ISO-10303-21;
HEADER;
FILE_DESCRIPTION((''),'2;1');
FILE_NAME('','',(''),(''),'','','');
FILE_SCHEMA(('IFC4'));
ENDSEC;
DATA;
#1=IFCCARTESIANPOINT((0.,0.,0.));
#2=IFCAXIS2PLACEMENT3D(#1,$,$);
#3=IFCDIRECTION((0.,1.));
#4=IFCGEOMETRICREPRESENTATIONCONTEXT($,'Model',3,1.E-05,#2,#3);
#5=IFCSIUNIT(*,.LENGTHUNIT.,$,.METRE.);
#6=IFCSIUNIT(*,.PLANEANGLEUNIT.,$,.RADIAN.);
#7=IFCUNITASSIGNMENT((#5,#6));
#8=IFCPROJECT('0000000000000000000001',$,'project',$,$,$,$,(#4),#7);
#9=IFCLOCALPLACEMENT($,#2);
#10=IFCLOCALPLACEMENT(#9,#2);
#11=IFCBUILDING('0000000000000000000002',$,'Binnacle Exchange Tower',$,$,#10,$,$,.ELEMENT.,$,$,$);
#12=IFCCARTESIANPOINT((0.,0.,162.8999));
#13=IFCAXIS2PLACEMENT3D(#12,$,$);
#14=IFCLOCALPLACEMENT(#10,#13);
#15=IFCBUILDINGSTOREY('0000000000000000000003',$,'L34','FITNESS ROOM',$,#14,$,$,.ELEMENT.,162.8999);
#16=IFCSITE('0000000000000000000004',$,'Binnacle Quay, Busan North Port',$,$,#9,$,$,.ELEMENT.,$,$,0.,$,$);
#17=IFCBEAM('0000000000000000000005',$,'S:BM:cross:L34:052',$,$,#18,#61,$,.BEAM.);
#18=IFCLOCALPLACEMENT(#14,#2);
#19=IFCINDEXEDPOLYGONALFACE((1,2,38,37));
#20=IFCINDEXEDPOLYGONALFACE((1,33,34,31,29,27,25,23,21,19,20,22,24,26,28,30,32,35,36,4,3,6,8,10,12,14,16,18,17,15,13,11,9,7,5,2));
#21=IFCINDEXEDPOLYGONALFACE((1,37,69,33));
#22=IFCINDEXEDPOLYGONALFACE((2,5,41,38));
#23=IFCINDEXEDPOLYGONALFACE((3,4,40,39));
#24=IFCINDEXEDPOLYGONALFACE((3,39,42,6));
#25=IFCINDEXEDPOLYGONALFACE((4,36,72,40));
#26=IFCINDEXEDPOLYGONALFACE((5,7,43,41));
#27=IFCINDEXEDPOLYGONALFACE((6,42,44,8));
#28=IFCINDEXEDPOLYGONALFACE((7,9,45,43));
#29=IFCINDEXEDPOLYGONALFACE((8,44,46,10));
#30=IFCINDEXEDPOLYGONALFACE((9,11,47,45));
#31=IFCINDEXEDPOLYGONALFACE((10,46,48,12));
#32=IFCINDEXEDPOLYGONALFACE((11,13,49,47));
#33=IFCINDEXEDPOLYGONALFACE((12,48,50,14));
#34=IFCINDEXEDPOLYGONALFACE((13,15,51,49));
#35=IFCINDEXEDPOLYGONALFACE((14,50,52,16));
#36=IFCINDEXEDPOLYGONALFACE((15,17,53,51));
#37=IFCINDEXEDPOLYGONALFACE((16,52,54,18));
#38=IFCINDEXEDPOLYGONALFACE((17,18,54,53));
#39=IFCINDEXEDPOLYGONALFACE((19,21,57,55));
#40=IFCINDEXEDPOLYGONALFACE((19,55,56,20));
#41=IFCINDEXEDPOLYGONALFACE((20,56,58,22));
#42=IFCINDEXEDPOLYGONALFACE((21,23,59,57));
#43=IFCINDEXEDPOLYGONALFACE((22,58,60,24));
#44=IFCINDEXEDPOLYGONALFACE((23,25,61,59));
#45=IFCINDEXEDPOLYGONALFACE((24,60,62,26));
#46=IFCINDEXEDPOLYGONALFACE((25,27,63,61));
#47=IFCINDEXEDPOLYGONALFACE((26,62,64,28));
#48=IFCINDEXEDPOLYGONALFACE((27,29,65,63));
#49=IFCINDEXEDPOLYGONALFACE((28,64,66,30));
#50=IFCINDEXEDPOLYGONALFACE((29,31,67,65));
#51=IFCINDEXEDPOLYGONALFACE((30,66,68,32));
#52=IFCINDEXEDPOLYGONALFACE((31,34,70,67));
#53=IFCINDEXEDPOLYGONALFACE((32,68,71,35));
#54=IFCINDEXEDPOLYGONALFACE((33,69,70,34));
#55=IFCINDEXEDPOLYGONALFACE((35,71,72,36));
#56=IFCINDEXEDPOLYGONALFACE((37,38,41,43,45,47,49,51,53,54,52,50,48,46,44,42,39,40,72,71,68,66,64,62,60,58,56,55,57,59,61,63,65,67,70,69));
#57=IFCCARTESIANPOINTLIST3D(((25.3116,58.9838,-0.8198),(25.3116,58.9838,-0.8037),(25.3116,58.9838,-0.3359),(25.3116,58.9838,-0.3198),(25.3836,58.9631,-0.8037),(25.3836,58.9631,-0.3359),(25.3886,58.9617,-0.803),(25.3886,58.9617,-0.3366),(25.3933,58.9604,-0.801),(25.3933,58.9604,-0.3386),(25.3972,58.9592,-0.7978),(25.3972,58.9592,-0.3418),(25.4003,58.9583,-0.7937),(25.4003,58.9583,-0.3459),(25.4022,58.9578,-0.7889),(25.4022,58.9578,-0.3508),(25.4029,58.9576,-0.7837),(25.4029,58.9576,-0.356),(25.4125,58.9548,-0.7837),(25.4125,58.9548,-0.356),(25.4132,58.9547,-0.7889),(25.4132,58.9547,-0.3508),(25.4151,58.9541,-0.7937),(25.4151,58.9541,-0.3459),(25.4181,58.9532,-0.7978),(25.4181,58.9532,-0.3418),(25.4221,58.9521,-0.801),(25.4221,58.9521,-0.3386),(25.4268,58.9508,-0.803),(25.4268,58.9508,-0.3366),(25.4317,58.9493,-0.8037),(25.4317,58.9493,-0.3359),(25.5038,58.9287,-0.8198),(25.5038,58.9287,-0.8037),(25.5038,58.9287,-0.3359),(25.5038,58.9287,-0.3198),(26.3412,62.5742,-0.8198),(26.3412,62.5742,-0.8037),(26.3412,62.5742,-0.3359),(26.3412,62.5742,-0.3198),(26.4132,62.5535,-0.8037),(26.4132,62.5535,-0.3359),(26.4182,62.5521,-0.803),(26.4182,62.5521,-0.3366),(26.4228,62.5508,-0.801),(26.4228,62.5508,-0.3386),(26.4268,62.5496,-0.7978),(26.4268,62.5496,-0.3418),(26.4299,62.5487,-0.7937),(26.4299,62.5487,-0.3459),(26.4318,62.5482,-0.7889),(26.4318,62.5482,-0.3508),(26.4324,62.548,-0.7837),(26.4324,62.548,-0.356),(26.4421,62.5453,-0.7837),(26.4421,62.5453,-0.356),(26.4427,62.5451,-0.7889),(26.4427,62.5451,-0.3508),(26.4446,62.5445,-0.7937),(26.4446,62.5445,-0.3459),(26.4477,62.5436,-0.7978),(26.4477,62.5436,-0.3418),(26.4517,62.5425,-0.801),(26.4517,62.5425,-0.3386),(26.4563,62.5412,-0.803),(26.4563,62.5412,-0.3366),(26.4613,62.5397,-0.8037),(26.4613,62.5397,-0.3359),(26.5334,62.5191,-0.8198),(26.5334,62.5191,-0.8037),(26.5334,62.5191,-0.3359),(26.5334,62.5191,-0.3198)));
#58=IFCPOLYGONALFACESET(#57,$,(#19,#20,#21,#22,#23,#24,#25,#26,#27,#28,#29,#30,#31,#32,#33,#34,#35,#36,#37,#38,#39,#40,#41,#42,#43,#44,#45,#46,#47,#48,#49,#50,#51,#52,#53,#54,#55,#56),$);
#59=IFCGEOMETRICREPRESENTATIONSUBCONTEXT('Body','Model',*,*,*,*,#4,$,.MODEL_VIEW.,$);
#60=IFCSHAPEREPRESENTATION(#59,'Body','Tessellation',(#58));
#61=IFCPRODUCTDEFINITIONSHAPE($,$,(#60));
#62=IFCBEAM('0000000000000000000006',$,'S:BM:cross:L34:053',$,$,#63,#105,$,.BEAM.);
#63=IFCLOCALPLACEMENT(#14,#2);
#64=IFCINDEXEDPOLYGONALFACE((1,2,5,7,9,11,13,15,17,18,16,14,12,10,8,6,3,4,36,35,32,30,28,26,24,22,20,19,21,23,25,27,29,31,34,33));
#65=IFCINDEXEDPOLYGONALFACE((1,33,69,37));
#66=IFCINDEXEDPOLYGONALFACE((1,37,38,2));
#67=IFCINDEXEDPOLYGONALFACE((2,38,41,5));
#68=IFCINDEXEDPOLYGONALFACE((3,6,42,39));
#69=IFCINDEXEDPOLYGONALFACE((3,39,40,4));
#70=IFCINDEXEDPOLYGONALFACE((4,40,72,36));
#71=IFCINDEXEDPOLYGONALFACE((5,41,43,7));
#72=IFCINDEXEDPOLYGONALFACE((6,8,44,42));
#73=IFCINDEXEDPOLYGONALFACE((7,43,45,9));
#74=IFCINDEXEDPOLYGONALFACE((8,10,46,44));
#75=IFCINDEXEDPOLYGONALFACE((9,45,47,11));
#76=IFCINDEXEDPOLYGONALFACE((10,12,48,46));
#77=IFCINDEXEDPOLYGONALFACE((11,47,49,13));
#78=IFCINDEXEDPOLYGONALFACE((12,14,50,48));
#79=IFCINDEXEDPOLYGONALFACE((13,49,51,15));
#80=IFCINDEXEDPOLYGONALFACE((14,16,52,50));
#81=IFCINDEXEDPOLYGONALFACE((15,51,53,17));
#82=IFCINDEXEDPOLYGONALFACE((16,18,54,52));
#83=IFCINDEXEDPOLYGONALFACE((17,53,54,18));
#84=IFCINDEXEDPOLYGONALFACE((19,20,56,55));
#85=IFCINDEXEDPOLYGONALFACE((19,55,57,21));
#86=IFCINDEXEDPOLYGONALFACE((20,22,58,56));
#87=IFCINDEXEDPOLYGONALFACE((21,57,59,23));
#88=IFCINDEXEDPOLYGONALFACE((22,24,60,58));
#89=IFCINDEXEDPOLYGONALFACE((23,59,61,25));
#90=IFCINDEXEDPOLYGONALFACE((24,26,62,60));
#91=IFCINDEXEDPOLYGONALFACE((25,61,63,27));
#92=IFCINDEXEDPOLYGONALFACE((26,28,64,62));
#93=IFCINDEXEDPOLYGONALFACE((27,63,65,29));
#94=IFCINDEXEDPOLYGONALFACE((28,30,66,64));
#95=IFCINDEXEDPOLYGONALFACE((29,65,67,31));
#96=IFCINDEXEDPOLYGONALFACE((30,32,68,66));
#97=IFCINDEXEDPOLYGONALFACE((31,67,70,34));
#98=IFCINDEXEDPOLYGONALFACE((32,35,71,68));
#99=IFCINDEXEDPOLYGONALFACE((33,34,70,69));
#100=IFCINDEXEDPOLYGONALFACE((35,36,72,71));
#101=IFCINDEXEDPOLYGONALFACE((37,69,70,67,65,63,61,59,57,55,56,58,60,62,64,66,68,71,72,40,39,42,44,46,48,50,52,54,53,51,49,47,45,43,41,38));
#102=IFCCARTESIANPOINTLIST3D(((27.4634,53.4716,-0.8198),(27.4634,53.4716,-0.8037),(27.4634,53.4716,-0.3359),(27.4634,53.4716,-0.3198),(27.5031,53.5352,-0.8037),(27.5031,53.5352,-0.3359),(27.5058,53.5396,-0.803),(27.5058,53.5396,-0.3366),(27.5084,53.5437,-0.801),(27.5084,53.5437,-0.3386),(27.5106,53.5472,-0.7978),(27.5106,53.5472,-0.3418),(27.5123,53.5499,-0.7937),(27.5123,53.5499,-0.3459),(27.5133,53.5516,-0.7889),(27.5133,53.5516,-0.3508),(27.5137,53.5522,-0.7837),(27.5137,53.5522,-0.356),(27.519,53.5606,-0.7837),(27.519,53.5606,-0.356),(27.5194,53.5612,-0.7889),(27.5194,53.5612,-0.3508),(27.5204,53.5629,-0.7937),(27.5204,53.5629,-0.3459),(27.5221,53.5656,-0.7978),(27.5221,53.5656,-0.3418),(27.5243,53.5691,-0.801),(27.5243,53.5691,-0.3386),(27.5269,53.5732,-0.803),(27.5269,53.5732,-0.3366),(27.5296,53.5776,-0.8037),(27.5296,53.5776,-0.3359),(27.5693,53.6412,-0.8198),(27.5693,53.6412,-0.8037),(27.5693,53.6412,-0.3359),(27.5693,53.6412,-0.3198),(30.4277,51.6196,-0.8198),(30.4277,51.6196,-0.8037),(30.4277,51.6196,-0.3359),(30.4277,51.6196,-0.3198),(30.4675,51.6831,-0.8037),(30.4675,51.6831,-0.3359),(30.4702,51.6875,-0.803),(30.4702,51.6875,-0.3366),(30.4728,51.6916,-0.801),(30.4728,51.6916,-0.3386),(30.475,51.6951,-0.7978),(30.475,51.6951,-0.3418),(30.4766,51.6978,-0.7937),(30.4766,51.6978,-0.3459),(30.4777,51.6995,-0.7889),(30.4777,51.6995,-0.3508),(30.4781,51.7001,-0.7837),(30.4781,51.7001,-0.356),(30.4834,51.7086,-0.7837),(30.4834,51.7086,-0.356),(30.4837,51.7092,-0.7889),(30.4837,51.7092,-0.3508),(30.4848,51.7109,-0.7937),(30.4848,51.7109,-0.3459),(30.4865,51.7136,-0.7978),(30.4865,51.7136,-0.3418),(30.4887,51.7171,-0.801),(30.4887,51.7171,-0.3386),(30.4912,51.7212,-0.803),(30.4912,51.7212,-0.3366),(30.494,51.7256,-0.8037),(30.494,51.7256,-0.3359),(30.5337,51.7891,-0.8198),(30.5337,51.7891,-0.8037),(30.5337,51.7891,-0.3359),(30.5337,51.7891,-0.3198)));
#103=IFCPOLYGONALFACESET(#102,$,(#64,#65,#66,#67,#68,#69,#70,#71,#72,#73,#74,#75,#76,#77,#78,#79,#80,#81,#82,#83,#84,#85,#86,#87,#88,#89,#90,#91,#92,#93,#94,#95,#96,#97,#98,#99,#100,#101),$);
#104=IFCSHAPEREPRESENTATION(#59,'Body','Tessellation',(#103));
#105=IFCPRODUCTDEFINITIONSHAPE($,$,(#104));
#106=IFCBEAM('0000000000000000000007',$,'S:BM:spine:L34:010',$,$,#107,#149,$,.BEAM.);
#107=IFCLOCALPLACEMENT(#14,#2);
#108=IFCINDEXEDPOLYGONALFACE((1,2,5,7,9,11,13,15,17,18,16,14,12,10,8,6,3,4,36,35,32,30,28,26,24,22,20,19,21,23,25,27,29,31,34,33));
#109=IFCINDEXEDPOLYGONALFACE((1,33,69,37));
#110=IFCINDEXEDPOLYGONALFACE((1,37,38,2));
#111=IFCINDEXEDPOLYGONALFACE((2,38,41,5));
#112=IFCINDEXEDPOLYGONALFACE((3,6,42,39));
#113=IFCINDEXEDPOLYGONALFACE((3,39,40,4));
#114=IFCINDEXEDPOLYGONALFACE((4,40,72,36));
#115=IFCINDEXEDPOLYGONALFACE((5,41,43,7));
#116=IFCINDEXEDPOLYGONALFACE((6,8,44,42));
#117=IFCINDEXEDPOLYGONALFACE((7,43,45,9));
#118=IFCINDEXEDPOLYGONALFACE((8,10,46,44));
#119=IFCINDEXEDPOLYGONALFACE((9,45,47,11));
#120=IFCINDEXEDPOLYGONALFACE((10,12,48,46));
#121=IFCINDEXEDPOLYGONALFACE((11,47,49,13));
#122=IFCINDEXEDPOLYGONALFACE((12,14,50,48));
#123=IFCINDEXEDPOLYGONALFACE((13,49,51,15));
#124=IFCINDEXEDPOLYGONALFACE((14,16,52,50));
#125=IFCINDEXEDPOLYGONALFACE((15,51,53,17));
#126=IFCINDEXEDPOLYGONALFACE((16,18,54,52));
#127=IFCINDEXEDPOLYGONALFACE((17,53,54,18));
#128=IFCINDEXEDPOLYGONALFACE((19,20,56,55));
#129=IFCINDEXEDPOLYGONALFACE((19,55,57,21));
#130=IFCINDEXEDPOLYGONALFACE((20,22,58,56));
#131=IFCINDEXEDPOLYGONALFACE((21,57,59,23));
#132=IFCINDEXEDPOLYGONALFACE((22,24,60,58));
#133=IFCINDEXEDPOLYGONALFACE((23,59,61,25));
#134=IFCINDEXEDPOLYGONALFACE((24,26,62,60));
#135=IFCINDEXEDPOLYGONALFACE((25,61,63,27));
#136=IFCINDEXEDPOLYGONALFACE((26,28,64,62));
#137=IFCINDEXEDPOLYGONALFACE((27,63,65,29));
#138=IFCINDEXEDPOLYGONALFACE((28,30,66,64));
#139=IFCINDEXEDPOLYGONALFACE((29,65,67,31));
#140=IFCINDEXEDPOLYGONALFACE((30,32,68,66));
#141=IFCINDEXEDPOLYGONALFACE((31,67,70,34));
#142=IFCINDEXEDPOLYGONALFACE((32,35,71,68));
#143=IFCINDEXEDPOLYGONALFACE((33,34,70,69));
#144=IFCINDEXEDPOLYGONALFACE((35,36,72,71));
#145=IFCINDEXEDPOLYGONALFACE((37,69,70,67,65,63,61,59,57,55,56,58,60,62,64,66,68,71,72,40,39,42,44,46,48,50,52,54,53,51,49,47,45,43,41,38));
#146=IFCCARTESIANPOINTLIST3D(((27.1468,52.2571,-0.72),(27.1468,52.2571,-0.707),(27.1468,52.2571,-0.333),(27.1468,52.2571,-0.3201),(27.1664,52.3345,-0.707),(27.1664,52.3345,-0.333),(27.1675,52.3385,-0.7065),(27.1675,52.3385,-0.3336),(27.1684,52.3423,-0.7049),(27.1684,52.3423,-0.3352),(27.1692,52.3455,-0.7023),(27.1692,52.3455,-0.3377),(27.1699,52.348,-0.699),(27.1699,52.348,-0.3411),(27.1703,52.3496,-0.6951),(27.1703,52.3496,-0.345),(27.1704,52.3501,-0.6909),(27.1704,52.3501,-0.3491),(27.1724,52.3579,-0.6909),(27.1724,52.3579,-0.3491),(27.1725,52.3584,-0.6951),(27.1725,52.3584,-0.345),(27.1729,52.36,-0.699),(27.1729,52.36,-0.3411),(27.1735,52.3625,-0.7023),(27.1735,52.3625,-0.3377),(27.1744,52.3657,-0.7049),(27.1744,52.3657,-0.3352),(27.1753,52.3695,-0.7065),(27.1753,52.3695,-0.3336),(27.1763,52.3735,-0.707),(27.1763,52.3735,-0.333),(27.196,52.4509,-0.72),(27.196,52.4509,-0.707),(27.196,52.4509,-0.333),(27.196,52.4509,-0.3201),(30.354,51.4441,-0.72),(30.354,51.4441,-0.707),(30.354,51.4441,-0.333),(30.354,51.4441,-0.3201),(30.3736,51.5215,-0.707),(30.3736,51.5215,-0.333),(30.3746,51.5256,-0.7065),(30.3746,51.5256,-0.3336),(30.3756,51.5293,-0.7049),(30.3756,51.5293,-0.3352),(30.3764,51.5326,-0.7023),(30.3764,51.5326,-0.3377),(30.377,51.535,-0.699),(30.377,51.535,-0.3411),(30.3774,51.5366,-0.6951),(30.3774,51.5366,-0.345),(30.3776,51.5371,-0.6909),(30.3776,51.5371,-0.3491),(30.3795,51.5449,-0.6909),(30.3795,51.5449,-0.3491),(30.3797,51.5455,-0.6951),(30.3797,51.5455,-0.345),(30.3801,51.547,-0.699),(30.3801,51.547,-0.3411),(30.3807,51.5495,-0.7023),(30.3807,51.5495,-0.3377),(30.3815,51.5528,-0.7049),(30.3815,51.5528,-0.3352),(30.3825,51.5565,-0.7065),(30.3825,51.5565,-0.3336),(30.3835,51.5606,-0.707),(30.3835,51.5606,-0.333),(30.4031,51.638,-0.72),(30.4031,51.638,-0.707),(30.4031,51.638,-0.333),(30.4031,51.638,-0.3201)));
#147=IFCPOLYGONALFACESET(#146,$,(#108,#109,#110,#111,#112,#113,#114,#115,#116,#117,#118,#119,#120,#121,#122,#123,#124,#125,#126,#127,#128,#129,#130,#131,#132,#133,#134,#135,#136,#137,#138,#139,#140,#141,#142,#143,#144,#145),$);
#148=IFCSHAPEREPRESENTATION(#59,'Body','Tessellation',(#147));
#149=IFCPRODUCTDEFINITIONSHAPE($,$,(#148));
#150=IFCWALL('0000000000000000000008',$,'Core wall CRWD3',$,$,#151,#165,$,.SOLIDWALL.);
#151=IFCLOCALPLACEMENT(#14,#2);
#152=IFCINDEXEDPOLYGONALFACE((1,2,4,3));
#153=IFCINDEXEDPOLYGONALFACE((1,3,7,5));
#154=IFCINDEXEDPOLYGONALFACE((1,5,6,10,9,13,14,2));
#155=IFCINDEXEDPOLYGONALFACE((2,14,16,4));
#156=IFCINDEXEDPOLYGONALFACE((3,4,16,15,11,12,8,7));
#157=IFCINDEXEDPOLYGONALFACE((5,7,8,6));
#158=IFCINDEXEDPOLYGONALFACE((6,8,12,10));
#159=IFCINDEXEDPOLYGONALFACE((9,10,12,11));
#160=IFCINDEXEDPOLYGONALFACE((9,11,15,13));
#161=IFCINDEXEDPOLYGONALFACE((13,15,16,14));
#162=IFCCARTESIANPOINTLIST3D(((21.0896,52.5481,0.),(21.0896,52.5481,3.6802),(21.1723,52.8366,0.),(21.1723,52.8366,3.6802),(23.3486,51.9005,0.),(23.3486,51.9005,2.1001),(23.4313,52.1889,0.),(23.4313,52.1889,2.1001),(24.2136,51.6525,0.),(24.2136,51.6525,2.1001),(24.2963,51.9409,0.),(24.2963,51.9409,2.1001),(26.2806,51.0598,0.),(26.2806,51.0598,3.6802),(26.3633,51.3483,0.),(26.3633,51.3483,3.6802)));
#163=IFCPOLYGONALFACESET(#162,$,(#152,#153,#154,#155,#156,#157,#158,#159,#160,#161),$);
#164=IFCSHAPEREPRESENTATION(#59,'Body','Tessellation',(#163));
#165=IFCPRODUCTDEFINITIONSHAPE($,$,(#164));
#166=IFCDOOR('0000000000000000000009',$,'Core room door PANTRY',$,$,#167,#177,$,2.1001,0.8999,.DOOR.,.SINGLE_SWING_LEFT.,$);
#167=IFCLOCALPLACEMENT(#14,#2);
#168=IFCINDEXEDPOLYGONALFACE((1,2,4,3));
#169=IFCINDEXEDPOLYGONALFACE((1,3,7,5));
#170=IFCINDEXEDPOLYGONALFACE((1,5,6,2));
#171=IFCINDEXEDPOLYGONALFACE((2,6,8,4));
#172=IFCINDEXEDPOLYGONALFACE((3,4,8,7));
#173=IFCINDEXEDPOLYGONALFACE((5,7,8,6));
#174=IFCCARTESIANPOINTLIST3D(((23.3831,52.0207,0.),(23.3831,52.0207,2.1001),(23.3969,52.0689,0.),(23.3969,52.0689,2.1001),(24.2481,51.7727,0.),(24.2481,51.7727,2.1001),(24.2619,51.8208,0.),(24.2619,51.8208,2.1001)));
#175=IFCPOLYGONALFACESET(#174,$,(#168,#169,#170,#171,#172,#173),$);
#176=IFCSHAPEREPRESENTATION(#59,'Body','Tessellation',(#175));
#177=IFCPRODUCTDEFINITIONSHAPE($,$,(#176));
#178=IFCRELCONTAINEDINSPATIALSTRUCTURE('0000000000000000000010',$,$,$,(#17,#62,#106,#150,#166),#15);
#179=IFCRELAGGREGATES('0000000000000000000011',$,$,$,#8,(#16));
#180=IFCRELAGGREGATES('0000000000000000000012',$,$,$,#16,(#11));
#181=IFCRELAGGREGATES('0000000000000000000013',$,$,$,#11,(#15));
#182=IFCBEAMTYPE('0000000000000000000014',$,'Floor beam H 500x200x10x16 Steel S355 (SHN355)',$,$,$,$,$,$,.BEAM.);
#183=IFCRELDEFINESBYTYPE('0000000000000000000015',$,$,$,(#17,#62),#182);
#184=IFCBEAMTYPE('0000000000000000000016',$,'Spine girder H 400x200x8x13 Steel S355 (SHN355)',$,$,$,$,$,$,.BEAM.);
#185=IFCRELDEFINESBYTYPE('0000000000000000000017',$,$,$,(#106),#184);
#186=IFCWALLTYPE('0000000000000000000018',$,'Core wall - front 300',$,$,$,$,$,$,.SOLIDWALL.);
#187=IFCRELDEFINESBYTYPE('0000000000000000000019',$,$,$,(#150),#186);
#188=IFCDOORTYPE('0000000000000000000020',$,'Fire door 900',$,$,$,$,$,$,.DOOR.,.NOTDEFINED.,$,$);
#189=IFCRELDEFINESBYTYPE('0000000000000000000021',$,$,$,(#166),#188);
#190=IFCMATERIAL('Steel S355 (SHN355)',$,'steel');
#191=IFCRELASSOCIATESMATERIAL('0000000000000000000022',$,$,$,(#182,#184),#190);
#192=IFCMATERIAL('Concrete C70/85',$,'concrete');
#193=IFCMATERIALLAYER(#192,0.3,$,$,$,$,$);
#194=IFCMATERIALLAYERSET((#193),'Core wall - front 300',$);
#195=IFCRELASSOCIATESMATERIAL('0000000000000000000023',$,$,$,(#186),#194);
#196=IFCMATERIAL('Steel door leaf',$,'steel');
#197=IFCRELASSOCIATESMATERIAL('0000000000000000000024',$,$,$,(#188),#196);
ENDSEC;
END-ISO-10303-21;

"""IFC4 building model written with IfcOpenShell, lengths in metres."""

from ifc_helpers import new_model, si_unit, direction, frame, frame_2d, origin, origin_2d, place, context, subcontext, project, spatial, rectangle, i_section, extrude, material, layer, layer_set, material_profile, profile_set, type_object, element, fill, save


model = new_model("IFC4")

# Units and contexts
model_context = context("Model", 3, precision=1e-05, world=origin(), true_north=direction((0.0, 1.0)))
body_context = subcontext(model_context, "Body", "Model", "MODEL_VIEW")
ifc_project = project(units=[si_unit("LENGTHUNIT", "METRE"), si_unit("PLANEANGLEUNIT", "RADIAN")], contexts=[model_context])

# Site, building, storey
site_placement = place(None, origin())
site = spatial("IfcSite", under=ifc_project, at=site_placement, Name="Binnacle Quay, Busan North Port", CompositionType="ELEMENT", RefElevation=0.0)
building_placement = place(site_placement, origin())
building = spatial("IfcBuilding", under=site, at=building_placement, Name="Binnacle Exchange Tower", CompositionType="ELEMENT")
storey_placement = place(building_placement, frame((0.0, 0.0, 162.8999)))
storey = spatial("IfcBuildingStorey", under=building, at=storey_placement, Name="L34", Description="FITNESS ROOM", CompositionType="ELEMENT", Elevation=162.8999)

# Shared definitions
ifc_material_1 = material(Name="Concrete C70/85", Category="concrete")

# Beams
ifc_material_2 = material(Name="Steel S355 (SHN355)", Category="steel")
ifc_material_profile_1 = material_profile(ifc_material_2, i_section(OverallWidth=0.2, OverallDepth=0.5, WebThickness=0.01, FlangeThickness=0.0161, FilletRadius=0.02, at=origin_2d()), Name="H 500x200x10x16")
ifc_profile_set_1 = profile_set([ifc_material_profile_1], Name="Steel S355 (SHN355)")
beam_type_1 = type_object("IfcBeamType", Name="Floor beam H 500x200x10x16 Steel S355 (SHN355)", PredefinedType="BEAM", material=ifc_profile_set_1)
beam_1_placement = place(storey_placement, frame((26.4373, 62.5466, -0.5698), z_axis=(-0.275645, -0.96126, 0.0), x_axis=(0.96126, -0.275645, 0.0)))
element("IfcBeam", 1, at=beam_1_placement, inside=storey, type_object=beam_type_1, Name="S:BM:cross:L34:052", PredefinedType="BEAM", context=body_context, shape_type="SweptSolid", body=[
    extrude(i_section(OverallWidth=0.2, OverallDepth=0.5, WebThickness=0.01, FlangeThickness=0.0161, FilletRadius=0.02, at=origin_2d()), origin(), (0.0, 0.0, 1.0), 3.7351),
])
beam_2_placement = place(storey_placement, frame((30.4807, 51.7043, -0.5698), z_axis=(-0.848085, 0.529861, 0.0), x_axis=(-0.529861, -0.848085, 0.0)))
element("IfcBeam", 2, at=beam_2_placement, inside=storey, type_object=beam_type_1, Name="S:BM:cross:L34:053", PredefinedType="BEAM", context=body_context, shape_type="SweptSolid", body=[
    extrude(i_section(OverallWidth=0.2, OverallDepth=0.5, WebThickness=0.01, FlangeThickness=0.0161, FilletRadius=0.02, at=origin_2d()), origin(), (0.0, 0.0, 1.0), 3.4954),
])
ifc_material_profile_2 = material_profile(ifc_material_2, i_section(OverallWidth=0.2, OverallDepth=0.3999, WebThickness=0.0081, FlangeThickness=0.0129, FilletRadius=0.0161, at=origin_2d()), Name="H 400x200x8x13")
ifc_profile_set_2 = profile_set([ifc_material_profile_2], Name="Steel S355 (SHN355)")
beam_type_2 = type_object("IfcBeamType", Name="Spine girder H 400x200x8x13 Steel S355 (SHN355)", PredefinedType="BEAM", material=ifc_profile_set_2)
beam_3_placement = place(storey_placement, frame((27.1714, 52.354, -0.52), z_axis=(0.969343, -0.245712, 0.0), x_axis=(0.245712, 0.969343, 0.0)))
element("IfcBeam", 3, at=beam_3_placement, inside=storey, type_object=beam_type_2, Name="S:BM:spine:L34:010", PredefinedType="BEAM", context=body_context, shape_type="SweptSolid", body=[
    extrude(i_section(OverallWidth=0.2, OverallDepth=0.3999, WebThickness=0.0081, FlangeThickness=0.0129, FilletRadius=0.0161, at=origin_2d()), origin(), (0.0, 0.0, 1.0), 3.3086),
])

# Wall, opening, door
ifc_layer_1 = layer(ifc_material_1, 0.3)
ifc_layer_set_1 = layer_set([ifc_layer_1], Name="Core wall - front 300")
wall_type_1 = type_object("IfcWallType", Name="Core wall - front 300", PredefinedType="SOLIDWALL", material=ifc_layer_set_1)
wall_1_placement = place(storey_placement, frame((21.1309, 52.6924, 0.0), z_axis=(0.0, 0.0, 1.0), x_axis=(0.961271, -0.275605, 0.0)))
wall_1 = element("IfcWall", 4, at=wall_1_placement, inside=storey, type_object=wall_type_1, Name="Core wall CRWD3", PredefinedType="SOLIDWALL", context=body_context, shape_type="SweptSolid", body=[
    extrude(rectangle(XDim=5.4001, YDim=0.3, at=frame_2d((2.7002, 0.0))), origin(), (0.0, 0.0, 1.0), 3.6802),
])
opening_1_placement = place(wall_1_placement, frame((2.3501, 0.0, 0.0)))
opening_1 = element("IfcOpeningElement", 5, at=opening_1_placement, cuts=wall_1, PredefinedType="OPENING", context=body_context, shape_type="SweptSolid", body=[
    extrude(rectangle(XDim=0.8999, YDim=2.1001, at=frame_2d((0.45, 1.05))), frame((0.0, 0.1599, 0.0), z_axis=(0.0, -1.0, 0.0), x_axis=(1.0, 0.0, 0.0)), (0.0, 0.0, 1.0), 0.3201),
])
ifc_material_3 = material(Name="Steel door leaf", Category="steel")
door_type_1 = type_object("IfcDoorType", Name="Fire door 900", OperationType="NOTDEFINED", PredefinedType="DOOR", material=ifc_material_3)
door_1_placement = place(opening_1_placement, frame((0.8999, 0.0, 0.0), z_axis=(0.0, 0.0, 1.0), x_axis=(-1.0, 0.0, 0.0)))
door_1 = element("IfcDoor", 6, at=door_1_placement, inside=storey, type_object=door_type_1, Name="Core room door PANTRY", OperationType="SINGLE_SWING_LEFT", OverallHeight=2.1001, OverallWidth=0.8999, PredefinedType="DOOR", context=body_context, shape_type="SweptSolid", body=[
    extrude(rectangle(XDim=0.8999, YDim=2.1001, at=frame_2d((0.45, 1.05))), frame((0.0, 0.0249, 0.0), z_axis=(0.0, -1.0, 0.0), x_axis=(1.0, 0.0, 0.0)), (0.0, 0.0, 1.0), 0.05),
])
fill(opening_1, door_1)

save(model, "model.ifc")
